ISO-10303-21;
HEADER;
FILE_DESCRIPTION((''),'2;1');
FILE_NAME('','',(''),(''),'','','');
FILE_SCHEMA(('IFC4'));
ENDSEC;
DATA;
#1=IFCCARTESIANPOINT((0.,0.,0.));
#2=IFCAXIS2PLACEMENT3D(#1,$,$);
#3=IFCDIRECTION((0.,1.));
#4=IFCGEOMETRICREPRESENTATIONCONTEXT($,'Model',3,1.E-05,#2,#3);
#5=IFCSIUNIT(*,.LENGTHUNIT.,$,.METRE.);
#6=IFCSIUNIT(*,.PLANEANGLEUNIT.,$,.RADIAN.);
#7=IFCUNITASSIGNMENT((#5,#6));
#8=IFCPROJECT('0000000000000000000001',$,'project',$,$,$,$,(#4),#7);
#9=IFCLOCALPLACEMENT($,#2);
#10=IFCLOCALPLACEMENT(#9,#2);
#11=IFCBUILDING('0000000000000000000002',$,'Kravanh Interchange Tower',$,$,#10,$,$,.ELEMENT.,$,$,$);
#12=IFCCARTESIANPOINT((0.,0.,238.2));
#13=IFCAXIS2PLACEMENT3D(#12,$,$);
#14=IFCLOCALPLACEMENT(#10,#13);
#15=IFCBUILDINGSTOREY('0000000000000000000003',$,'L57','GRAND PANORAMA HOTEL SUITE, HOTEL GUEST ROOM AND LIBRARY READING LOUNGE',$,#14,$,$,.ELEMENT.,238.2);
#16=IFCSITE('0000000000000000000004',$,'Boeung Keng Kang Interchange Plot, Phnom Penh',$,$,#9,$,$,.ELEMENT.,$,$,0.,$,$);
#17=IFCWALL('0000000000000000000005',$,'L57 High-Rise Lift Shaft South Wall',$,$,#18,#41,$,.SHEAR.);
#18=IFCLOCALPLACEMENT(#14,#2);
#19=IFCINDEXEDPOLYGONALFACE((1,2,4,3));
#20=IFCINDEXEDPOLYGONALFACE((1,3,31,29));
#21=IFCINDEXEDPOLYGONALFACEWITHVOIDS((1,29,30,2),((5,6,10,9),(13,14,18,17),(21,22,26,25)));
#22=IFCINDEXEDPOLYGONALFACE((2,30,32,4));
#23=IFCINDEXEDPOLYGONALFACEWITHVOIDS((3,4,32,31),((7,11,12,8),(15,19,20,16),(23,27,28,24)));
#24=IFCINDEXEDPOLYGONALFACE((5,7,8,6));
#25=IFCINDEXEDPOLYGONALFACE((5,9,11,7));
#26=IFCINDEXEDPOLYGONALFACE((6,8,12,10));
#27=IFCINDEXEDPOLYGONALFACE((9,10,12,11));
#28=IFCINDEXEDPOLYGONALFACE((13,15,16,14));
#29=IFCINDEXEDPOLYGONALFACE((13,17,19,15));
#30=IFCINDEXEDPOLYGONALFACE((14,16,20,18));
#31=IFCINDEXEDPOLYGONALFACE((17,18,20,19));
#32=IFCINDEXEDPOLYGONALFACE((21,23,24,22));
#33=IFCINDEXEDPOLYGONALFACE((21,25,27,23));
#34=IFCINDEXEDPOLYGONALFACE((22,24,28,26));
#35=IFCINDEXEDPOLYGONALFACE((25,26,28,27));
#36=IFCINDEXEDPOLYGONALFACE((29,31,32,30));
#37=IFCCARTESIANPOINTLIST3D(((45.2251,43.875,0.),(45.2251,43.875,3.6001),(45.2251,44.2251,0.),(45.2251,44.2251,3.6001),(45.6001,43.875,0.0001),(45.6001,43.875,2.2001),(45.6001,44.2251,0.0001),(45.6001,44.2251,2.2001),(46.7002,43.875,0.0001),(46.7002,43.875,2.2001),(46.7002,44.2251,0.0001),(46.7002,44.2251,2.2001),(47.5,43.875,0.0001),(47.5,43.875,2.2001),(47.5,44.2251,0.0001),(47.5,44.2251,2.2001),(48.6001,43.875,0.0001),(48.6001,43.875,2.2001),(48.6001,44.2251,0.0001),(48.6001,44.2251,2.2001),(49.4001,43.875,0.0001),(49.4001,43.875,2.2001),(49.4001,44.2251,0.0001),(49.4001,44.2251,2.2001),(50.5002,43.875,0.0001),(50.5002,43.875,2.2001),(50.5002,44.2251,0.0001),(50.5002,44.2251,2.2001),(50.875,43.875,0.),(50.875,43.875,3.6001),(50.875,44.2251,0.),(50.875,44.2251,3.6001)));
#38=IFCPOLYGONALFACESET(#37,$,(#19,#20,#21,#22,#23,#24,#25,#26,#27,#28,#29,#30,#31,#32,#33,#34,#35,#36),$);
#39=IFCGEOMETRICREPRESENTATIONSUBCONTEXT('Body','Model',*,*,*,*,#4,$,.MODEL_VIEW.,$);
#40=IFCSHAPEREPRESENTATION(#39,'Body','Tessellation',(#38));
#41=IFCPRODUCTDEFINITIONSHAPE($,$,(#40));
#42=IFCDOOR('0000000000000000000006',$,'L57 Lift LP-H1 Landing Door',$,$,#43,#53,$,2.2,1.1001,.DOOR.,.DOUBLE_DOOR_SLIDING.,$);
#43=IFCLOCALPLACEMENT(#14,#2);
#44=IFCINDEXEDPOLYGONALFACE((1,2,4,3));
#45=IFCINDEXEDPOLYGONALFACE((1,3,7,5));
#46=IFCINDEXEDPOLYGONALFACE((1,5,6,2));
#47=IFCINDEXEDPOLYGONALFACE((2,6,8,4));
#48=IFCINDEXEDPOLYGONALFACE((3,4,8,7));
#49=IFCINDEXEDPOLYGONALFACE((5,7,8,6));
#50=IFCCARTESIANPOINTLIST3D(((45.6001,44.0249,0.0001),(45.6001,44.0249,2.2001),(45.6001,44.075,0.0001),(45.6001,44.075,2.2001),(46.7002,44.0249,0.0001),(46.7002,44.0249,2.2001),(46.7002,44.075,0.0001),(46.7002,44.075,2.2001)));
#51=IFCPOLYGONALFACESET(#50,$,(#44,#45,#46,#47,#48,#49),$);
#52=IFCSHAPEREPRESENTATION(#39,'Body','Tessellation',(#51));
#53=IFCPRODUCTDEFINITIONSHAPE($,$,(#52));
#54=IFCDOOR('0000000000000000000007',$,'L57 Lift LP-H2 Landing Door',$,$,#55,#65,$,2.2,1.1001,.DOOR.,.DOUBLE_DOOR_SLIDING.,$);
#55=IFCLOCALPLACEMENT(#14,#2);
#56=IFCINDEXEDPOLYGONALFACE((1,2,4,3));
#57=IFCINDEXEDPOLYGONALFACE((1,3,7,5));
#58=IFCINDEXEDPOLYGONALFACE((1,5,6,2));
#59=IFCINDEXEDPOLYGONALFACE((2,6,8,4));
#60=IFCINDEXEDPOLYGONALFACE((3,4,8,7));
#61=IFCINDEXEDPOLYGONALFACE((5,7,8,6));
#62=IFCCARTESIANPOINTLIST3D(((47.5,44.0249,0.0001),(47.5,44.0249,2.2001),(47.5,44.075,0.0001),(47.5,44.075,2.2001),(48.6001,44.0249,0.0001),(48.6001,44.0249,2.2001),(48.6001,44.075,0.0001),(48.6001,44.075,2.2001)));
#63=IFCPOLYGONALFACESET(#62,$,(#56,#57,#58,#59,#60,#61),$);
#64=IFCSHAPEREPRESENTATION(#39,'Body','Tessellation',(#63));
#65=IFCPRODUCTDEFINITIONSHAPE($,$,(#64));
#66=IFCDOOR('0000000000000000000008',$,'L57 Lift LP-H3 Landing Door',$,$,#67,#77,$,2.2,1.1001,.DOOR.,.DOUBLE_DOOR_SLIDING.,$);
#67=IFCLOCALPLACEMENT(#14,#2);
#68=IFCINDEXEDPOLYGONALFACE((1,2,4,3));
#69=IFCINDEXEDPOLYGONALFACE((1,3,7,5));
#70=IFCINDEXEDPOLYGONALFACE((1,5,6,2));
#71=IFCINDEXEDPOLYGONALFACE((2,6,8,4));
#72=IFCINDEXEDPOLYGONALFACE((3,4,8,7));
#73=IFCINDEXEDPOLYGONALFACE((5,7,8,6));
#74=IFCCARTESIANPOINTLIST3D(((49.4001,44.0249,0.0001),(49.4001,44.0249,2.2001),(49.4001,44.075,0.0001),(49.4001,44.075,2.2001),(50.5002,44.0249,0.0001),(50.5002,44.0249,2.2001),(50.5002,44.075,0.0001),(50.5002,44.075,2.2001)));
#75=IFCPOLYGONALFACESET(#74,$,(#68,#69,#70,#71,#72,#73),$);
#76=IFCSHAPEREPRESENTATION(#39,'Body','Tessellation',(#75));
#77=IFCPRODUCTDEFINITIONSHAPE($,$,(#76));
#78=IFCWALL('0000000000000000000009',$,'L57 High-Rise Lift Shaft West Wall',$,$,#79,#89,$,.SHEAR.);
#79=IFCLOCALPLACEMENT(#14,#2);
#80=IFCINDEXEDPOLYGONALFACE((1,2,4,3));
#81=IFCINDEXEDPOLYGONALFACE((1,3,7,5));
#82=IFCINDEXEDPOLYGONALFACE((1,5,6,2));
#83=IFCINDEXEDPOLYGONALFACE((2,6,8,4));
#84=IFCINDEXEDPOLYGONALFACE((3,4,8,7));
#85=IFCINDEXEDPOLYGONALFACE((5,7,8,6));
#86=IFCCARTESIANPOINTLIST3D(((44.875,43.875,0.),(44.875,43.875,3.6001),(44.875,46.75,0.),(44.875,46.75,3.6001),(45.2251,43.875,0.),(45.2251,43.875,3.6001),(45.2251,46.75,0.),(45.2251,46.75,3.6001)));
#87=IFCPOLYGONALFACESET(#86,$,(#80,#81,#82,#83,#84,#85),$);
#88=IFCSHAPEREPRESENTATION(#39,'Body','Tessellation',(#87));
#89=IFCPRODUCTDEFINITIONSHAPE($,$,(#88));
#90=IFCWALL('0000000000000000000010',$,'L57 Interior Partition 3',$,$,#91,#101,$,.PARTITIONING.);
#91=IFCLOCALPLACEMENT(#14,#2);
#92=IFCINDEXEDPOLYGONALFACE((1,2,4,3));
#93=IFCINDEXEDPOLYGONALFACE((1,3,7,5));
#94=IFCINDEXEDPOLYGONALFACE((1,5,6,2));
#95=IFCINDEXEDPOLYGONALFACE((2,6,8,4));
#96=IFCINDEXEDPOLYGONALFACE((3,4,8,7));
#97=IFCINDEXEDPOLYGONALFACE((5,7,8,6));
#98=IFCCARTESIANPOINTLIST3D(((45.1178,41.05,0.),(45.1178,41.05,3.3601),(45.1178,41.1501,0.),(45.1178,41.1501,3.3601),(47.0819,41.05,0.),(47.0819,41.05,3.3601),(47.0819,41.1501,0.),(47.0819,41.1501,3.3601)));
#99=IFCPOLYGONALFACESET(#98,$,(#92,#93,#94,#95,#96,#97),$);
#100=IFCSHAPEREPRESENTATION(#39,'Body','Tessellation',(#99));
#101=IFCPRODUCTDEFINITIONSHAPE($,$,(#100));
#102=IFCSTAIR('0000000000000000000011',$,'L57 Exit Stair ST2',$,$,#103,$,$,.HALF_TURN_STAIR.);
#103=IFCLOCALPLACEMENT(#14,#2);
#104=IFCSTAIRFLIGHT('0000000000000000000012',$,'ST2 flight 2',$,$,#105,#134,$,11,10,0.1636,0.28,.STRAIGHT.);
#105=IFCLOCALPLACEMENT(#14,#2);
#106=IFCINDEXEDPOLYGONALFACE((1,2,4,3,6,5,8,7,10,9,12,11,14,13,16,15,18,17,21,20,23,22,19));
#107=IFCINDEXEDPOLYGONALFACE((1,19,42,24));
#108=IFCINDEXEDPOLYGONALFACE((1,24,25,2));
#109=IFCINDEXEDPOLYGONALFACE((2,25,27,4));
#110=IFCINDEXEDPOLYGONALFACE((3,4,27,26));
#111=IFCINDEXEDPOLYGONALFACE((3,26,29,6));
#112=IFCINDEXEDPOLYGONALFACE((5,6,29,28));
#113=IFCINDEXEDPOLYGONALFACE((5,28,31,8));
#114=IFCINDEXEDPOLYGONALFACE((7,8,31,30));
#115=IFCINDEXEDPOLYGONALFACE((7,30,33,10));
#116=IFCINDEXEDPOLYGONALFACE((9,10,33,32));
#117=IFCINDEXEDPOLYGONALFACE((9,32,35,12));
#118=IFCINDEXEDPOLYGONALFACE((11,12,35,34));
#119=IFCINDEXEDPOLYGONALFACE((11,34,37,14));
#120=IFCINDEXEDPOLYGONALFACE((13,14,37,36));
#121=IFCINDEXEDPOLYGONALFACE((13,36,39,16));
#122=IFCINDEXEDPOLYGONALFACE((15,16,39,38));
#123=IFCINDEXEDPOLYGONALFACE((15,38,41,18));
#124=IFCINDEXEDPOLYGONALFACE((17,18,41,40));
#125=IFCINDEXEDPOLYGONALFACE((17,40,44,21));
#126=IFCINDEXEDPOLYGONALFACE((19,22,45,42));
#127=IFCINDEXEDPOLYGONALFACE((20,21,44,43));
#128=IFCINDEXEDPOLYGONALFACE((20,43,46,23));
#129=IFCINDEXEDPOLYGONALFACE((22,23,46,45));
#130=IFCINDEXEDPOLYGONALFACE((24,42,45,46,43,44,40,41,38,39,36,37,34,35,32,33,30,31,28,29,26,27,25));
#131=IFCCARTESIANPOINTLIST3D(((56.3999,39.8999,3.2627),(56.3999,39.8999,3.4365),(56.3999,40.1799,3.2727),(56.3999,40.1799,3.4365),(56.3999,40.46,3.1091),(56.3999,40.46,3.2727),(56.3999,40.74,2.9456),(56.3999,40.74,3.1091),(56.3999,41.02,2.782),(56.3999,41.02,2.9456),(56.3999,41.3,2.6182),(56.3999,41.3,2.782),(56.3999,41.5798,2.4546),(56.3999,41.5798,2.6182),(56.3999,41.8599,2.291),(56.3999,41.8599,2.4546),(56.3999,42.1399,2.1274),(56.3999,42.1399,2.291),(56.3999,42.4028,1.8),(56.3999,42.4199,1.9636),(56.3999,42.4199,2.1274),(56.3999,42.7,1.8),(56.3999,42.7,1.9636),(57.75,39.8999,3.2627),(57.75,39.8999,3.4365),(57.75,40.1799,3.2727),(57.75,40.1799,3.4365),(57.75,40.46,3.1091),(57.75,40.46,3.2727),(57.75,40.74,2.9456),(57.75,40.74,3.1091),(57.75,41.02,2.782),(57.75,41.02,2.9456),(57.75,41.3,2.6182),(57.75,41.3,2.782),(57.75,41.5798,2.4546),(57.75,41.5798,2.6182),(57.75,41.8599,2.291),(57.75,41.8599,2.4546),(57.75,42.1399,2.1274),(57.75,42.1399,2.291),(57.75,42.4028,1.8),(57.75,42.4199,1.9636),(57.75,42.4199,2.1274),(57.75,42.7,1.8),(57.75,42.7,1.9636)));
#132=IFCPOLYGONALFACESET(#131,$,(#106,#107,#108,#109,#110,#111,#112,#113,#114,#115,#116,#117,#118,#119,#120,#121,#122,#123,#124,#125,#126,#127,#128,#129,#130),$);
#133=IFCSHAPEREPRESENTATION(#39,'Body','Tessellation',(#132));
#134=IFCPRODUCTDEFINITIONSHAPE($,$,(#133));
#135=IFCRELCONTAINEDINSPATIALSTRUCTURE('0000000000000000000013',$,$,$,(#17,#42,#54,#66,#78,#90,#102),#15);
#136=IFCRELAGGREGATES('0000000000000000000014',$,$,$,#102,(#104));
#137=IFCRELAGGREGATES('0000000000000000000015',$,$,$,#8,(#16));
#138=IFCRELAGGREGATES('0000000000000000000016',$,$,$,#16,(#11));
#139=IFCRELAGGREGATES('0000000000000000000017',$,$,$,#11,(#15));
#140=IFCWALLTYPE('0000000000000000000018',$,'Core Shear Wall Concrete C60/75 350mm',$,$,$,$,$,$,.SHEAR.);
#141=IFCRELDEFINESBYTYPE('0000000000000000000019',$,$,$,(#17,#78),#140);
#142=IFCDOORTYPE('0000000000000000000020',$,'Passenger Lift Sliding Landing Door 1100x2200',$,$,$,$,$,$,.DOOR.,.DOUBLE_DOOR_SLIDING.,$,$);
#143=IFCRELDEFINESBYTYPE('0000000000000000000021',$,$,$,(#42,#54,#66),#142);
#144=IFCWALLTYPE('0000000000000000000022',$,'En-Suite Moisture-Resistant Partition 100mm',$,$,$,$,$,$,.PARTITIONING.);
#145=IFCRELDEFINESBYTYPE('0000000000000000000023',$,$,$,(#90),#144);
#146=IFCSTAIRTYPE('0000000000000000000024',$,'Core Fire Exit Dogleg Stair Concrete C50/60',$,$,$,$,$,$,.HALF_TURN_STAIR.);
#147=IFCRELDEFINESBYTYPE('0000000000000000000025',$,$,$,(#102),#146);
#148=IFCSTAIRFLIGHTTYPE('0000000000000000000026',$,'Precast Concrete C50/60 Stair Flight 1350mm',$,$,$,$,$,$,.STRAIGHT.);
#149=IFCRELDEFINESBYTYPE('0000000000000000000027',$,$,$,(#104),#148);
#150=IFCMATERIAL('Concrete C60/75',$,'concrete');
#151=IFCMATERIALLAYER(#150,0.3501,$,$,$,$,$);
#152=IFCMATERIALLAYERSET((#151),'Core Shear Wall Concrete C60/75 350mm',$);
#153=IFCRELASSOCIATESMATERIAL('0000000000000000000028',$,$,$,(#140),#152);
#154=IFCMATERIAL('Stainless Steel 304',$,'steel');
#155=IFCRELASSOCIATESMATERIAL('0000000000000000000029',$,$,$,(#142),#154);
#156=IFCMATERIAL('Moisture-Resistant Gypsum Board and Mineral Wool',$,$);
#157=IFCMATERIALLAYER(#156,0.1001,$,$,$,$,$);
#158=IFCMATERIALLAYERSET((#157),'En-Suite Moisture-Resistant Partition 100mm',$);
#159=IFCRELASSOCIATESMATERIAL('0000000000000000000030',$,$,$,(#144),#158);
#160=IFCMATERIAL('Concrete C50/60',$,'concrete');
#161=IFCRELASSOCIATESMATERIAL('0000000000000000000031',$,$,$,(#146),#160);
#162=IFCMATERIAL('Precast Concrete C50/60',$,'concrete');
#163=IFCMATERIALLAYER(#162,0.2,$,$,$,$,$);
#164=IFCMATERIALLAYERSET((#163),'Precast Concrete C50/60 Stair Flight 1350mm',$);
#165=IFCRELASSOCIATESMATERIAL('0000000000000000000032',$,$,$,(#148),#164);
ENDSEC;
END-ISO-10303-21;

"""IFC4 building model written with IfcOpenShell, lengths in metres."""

from ifc_helpers import new_model, si_unit, direction, frame, frame_2d, origin, place, context, subcontext, project, spatial, polyline, rectangle, outline, extrude, material, layer, layer_set, type_object, element, fill, aggregate, save


model = new_model("IFC4")

# Units and contexts
model_context = context("Model", 3, precision=1e-05, world=origin(), true_north=direction((0.0, 1.0)))
body_context = subcontext(model_context, "Body", "Model", "MODEL_VIEW")
ifc_project = project(units=[si_unit("LENGTHUNIT", "METRE"), si_unit("PLANEANGLEUNIT", "RADIAN")], contexts=[model_context])

# Site, building, storey
site_placement = place(None, origin())
site = spatial("IfcSite", under=ifc_project, at=site_placement, Name="Boeung Keng Kang Interchange Plot, Phnom Penh", CompositionType="ELEMENT", RefElevation=0.0)
building_placement = place(site_placement, origin())
building = spatial("IfcBuilding", under=site, at=building_placement, Name="Kravanh Interchange Tower", CompositionType="ELEMENT")
storey_placement = place(building_placement, frame((0.0, 0.0, 238.2)))
storey = spatial("IfcBuildingStorey", under=building, at=storey_placement, Name="L57", Description="GRAND PANORAMA HOTEL SUITE, HOTEL GUEST ROOM AND LIBRARY READING LOUNGE", CompositionType="ELEMENT", Elevation=238.2)

# Shared definitions
ifc_material_1 = material(Name="Concrete C60/75", Category="concrete")
ifc_layer_1 = layer(ifc_material_1, 0.3501)
ifc_layer_set_1 = layer_set([ifc_layer_1], Name="Core Shear Wall Concrete C60/75 350mm")
wall_type_1 = type_object("IfcWallType", Name="Core Shear Wall Concrete C60/75 350mm", PredefinedType="SHEAR", material=ifc_layer_set_1)

# Wall, openings, doors
wall_1_placement = place(storey_placement, frame((45.2251, 44.05, 0.0), z_axis=(0.0, 0.0, 1.0), x_axis=(1.0, 0.0, 0.0)))
wall_1 = element("IfcWall", 1, at=wall_1_placement, inside=storey, type_object=wall_type_1, Name="L57 High-Rise Lift Shaft South Wall", PredefinedType="SHEAR", context=body_context, shape_type="SweptSolid", body=[
    extrude(rectangle(XDim=5.6499, YDim=0.3501, at=frame_2d((2.825, 0.0))), origin(), (0.0, 0.0, 1.0), 3.6001),
])
opening_1_placement = place(wall_1_placement, frame((0.375, 0.0, 0.0)))
opening_1 = element("IfcOpeningElement", 2, at=opening_1_placement, cuts=wall_1, PredefinedType="OPENING", context=body_context, shape_type="SweptSolid", body=[
    extrude(rectangle(XDim=1.1001, YDim=2.2, at=frame_2d((0.55, 1.1001))), frame((0.0, 0.1851, 0.0), z_axis=(0.0, -1.0, 0.0), x_axis=(1.0, 0.0, 0.0)), (0.0, 0.0, 1.0), 0.3701),
])
opening_2_placement = place(wall_1_placement, frame((2.2749, 0.0, 0.0)))
opening_2 = element("IfcOpeningElement", 3, at=opening_2_placement, cuts=wall_1, PredefinedType="OPENING", context=body_context, shape_type="SweptSolid", body=[
    extrude(rectangle(XDim=1.1001, YDim=2.2, at=frame_2d((0.55, 1.1001))), frame((0.0, 0.1851, 0.0), z_axis=(0.0, -1.0, 0.0), x_axis=(1.0, 0.0, 0.0)), (0.0, 0.0, 1.0), 0.3701),
])
opening_3_placement = place(wall_1_placement, frame((4.175, 0.0, 0.0)))
opening_3 = element("IfcOpeningElement", 4, at=opening_3_placement, cuts=wall_1, PredefinedType="OPENING", context=body_context, shape_type="SweptSolid", body=[
    extrude(rectangle(XDim=1.1001, YDim=2.2, at=frame_2d((0.55, 1.1001))), frame((0.0, 0.1851, 0.0), z_axis=(0.0, -1.0, 0.0), x_axis=(1.0, 0.0, 0.0)), (0.0, 0.0, 1.0), 0.3701),
])
ifc_material_2 = material(Name="Stainless Steel 304", Category="steel")
door_type_1 = type_object("IfcDoorType", Name="Passenger Lift Sliding Landing Door 1100x2200", OperationType="DOUBLE_DOOR_SLIDING", PredefinedType="DOOR", material=ifc_material_2)
door_1_placement = place(opening_1_placement, origin())
door_1 = element("IfcDoor", 5, at=door_1_placement, inside=storey, type_object=door_type_1, Name="L57 Lift LP-H1 Landing Door", OperationType="DOUBLE_DOOR_SLIDING", OverallHeight=2.2, OverallWidth=1.1001, PredefinedType="DOOR", context=body_context, shape_type="SweptSolid", body=[
    extrude(rectangle(XDim=1.1001, YDim=2.2, at=frame_2d((0.55, 1.1001))), frame((0.0, 0.0249, 0.0), z_axis=(0.0, -1.0, 0.0), x_axis=(1.0, 0.0, 0.0)), (0.0, 0.0, 1.0), 0.05),
])
fill(opening_1, door_1)
door_2_placement = place(opening_2_placement, origin())
door_2 = element("IfcDoor", 6, at=door_2_placement, inside=storey, type_object=door_type_1, Name="L57 Lift LP-H2 Landing Door", OperationType="DOUBLE_DOOR_SLIDING", OverallHeight=2.2, OverallWidth=1.1001, PredefinedType="DOOR", context=body_context, shape_type="SweptSolid", body=[
    extrude(rectangle(XDim=1.1001, YDim=2.2, at=frame_2d((0.55, 1.1001))), frame((0.0, 0.0249, 0.0), z_axis=(0.0, -1.0, 0.0), x_axis=(1.0, 0.0, 0.0)), (0.0, 0.0, 1.0), 0.05),
])
fill(opening_2, door_2)
door_3_placement = place(opening_3_placement, origin())
door_3 = element("IfcDoor", 7, at=door_3_placement, inside=storey, type_object=door_type_1, Name="L57 Lift LP-H3 Landing Door", OperationType="DOUBLE_DOOR_SLIDING", OverallHeight=2.2, OverallWidth=1.1001, PredefinedType="DOOR", context=body_context, shape_type="SweptSolid", body=[
    extrude(rectangle(XDim=1.1001, YDim=2.2, at=frame_2d((0.55, 1.1001))), frame((0.0, 0.0249, 0.0), z_axis=(0.0, -1.0, 0.0), x_axis=(1.0, 0.0, 0.0)), (0.0, 0.0, 1.0), 0.05),
])
fill(opening_3, door_3)

# Wall
wall_2_placement = place(storey_placement, frame((45.05, 43.875, 0.0), z_axis=(0.0, 0.0, 1.0), x_axis=(0.0, 1.0, 0.0)))
element("IfcWall", 8, at=wall_2_placement, inside=storey, type_object=wall_type_1, Name="L57 High-Rise Lift Shaft West Wall", PredefinedType="SHEAR", context=body_context, shape_type="SweptSolid", body=[
    extrude(rectangle(XDim=2.875, YDim=0.3501, at=frame_2d((1.4375, 0.0))), origin(), (0.0, 0.0, 1.0), 3.6001),
])

# Wall
ifc_material_3 = material(Name="Moisture-Resistant Gypsum Board and Mineral Wool")
ifc_layer_2 = layer(ifc_material_3, 0.1001)
ifc_layer_set_2 = layer_set([ifc_layer_2], Name="En-Suite Moisture-Resistant Partition 100mm")
wall_type_2 = type_object("IfcWallType", Name="En-Suite Moisture-Resistant Partition 100mm", PredefinedType="PARTITIONING", material=ifc_layer_set_2)
wall_3_placement = place(storey_placement, frame((45.1179, 41.1001, 0.0), z_axis=(0.0, 0.0, 1.0), x_axis=(1.0, 0.0, 0.0)))
element("IfcWall", 9, at=wall_3_placement, inside=storey, type_object=wall_type_2, Name="L57 Interior Partition 3", PredefinedType="PARTITIONING", context=body_context, shape_type="SweptSolid", body=[
    extrude(rectangle(XDim=1.9641, YDim=0.1001, at=frame_2d((0.9819, 0.0))), origin(), (0.0, 0.0, 1.0), 3.3601),
])

# Stair, stair flight
ifc_material_4 = material(Name="Concrete C50/60", Category="concrete")
stair_type = type_object("IfcStairType", Name="Core Fire Exit Dogleg Stair Concrete C50/60", PredefinedType="HALF_TURN_STAIR", material=ifc_material_4)
stair_placement = place(storey_placement, origin())
stair = element("IfcStair", 10, at=stair_placement, inside=storey, type_object=stair_type, Name="L57 Exit Stair ST2", PredefinedType="HALF_TURN_STAIR")
ifc_material_5 = material(Name="Precast Concrete C50/60", Category="concrete")
ifc_layer_3 = layer(ifc_material_5, 0.2)
ifc_layer_set_3 = layer_set([ifc_layer_3], Name="Precast Concrete C50/60 Stair Flight 1350mm")
stair_flight_type = type_object("IfcStairFlightType", Name="Precast Concrete C50/60 Stair Flight 1350mm", PredefinedType="STRAIGHT", material=ifc_layer_set_3)
stair_flight_placement = place(storey_placement, frame((57.075, 42.7, 1.8), z_axis=(0.0, 0.0, 1.0), x_axis=(0.0, -1.0, 0.0)))
stair_flight = element("IfcStairFlight", 11, at=stair_flight_placement, type_object=stair_flight_type, Name="ST2 flight 2", NumberOfRisers=11, NumberOfTreads=10, PredefinedType="STRAIGHT", RiserHeight=0.1636, TreadLength=0.28, context=body_context, shape_type="SweptSolid", body=[
    extrude(outline(polyline([(0.0, 0.0), (0.0, 0.1636), (0.28, 0.1636), (0.28, 0.3274), (0.5601, 0.3274), (0.5601, 0.491), (0.8401, 0.491), (0.8401, 0.6545), (1.1201, 0.6545), (1.1201, 0.8181), (1.3999, 0.8181), (1.3999, 0.9819), (1.6799, 0.9819), (1.6799, 1.1455), (1.96, 1.1455), (1.96, 1.3091), (2.24, 1.3091), (2.24, 1.4727), (2.52, 1.4727), (2.52, 1.6365), (2.8, 1.6365), (2.8, 1.8), (2.8, 1.4626), (0.2971, 0.0), (0.0, 0.0)])), frame((0.0, 0.675, 0.0), z_axis=(0.0, -1.0, 0.0), x_axis=(1.0, 0.0, 0.0)), (0.0, 0.0, 1.0), 1.3501),
])
aggregate(stair, [stair_flight])

save(model, "model.ifc")
